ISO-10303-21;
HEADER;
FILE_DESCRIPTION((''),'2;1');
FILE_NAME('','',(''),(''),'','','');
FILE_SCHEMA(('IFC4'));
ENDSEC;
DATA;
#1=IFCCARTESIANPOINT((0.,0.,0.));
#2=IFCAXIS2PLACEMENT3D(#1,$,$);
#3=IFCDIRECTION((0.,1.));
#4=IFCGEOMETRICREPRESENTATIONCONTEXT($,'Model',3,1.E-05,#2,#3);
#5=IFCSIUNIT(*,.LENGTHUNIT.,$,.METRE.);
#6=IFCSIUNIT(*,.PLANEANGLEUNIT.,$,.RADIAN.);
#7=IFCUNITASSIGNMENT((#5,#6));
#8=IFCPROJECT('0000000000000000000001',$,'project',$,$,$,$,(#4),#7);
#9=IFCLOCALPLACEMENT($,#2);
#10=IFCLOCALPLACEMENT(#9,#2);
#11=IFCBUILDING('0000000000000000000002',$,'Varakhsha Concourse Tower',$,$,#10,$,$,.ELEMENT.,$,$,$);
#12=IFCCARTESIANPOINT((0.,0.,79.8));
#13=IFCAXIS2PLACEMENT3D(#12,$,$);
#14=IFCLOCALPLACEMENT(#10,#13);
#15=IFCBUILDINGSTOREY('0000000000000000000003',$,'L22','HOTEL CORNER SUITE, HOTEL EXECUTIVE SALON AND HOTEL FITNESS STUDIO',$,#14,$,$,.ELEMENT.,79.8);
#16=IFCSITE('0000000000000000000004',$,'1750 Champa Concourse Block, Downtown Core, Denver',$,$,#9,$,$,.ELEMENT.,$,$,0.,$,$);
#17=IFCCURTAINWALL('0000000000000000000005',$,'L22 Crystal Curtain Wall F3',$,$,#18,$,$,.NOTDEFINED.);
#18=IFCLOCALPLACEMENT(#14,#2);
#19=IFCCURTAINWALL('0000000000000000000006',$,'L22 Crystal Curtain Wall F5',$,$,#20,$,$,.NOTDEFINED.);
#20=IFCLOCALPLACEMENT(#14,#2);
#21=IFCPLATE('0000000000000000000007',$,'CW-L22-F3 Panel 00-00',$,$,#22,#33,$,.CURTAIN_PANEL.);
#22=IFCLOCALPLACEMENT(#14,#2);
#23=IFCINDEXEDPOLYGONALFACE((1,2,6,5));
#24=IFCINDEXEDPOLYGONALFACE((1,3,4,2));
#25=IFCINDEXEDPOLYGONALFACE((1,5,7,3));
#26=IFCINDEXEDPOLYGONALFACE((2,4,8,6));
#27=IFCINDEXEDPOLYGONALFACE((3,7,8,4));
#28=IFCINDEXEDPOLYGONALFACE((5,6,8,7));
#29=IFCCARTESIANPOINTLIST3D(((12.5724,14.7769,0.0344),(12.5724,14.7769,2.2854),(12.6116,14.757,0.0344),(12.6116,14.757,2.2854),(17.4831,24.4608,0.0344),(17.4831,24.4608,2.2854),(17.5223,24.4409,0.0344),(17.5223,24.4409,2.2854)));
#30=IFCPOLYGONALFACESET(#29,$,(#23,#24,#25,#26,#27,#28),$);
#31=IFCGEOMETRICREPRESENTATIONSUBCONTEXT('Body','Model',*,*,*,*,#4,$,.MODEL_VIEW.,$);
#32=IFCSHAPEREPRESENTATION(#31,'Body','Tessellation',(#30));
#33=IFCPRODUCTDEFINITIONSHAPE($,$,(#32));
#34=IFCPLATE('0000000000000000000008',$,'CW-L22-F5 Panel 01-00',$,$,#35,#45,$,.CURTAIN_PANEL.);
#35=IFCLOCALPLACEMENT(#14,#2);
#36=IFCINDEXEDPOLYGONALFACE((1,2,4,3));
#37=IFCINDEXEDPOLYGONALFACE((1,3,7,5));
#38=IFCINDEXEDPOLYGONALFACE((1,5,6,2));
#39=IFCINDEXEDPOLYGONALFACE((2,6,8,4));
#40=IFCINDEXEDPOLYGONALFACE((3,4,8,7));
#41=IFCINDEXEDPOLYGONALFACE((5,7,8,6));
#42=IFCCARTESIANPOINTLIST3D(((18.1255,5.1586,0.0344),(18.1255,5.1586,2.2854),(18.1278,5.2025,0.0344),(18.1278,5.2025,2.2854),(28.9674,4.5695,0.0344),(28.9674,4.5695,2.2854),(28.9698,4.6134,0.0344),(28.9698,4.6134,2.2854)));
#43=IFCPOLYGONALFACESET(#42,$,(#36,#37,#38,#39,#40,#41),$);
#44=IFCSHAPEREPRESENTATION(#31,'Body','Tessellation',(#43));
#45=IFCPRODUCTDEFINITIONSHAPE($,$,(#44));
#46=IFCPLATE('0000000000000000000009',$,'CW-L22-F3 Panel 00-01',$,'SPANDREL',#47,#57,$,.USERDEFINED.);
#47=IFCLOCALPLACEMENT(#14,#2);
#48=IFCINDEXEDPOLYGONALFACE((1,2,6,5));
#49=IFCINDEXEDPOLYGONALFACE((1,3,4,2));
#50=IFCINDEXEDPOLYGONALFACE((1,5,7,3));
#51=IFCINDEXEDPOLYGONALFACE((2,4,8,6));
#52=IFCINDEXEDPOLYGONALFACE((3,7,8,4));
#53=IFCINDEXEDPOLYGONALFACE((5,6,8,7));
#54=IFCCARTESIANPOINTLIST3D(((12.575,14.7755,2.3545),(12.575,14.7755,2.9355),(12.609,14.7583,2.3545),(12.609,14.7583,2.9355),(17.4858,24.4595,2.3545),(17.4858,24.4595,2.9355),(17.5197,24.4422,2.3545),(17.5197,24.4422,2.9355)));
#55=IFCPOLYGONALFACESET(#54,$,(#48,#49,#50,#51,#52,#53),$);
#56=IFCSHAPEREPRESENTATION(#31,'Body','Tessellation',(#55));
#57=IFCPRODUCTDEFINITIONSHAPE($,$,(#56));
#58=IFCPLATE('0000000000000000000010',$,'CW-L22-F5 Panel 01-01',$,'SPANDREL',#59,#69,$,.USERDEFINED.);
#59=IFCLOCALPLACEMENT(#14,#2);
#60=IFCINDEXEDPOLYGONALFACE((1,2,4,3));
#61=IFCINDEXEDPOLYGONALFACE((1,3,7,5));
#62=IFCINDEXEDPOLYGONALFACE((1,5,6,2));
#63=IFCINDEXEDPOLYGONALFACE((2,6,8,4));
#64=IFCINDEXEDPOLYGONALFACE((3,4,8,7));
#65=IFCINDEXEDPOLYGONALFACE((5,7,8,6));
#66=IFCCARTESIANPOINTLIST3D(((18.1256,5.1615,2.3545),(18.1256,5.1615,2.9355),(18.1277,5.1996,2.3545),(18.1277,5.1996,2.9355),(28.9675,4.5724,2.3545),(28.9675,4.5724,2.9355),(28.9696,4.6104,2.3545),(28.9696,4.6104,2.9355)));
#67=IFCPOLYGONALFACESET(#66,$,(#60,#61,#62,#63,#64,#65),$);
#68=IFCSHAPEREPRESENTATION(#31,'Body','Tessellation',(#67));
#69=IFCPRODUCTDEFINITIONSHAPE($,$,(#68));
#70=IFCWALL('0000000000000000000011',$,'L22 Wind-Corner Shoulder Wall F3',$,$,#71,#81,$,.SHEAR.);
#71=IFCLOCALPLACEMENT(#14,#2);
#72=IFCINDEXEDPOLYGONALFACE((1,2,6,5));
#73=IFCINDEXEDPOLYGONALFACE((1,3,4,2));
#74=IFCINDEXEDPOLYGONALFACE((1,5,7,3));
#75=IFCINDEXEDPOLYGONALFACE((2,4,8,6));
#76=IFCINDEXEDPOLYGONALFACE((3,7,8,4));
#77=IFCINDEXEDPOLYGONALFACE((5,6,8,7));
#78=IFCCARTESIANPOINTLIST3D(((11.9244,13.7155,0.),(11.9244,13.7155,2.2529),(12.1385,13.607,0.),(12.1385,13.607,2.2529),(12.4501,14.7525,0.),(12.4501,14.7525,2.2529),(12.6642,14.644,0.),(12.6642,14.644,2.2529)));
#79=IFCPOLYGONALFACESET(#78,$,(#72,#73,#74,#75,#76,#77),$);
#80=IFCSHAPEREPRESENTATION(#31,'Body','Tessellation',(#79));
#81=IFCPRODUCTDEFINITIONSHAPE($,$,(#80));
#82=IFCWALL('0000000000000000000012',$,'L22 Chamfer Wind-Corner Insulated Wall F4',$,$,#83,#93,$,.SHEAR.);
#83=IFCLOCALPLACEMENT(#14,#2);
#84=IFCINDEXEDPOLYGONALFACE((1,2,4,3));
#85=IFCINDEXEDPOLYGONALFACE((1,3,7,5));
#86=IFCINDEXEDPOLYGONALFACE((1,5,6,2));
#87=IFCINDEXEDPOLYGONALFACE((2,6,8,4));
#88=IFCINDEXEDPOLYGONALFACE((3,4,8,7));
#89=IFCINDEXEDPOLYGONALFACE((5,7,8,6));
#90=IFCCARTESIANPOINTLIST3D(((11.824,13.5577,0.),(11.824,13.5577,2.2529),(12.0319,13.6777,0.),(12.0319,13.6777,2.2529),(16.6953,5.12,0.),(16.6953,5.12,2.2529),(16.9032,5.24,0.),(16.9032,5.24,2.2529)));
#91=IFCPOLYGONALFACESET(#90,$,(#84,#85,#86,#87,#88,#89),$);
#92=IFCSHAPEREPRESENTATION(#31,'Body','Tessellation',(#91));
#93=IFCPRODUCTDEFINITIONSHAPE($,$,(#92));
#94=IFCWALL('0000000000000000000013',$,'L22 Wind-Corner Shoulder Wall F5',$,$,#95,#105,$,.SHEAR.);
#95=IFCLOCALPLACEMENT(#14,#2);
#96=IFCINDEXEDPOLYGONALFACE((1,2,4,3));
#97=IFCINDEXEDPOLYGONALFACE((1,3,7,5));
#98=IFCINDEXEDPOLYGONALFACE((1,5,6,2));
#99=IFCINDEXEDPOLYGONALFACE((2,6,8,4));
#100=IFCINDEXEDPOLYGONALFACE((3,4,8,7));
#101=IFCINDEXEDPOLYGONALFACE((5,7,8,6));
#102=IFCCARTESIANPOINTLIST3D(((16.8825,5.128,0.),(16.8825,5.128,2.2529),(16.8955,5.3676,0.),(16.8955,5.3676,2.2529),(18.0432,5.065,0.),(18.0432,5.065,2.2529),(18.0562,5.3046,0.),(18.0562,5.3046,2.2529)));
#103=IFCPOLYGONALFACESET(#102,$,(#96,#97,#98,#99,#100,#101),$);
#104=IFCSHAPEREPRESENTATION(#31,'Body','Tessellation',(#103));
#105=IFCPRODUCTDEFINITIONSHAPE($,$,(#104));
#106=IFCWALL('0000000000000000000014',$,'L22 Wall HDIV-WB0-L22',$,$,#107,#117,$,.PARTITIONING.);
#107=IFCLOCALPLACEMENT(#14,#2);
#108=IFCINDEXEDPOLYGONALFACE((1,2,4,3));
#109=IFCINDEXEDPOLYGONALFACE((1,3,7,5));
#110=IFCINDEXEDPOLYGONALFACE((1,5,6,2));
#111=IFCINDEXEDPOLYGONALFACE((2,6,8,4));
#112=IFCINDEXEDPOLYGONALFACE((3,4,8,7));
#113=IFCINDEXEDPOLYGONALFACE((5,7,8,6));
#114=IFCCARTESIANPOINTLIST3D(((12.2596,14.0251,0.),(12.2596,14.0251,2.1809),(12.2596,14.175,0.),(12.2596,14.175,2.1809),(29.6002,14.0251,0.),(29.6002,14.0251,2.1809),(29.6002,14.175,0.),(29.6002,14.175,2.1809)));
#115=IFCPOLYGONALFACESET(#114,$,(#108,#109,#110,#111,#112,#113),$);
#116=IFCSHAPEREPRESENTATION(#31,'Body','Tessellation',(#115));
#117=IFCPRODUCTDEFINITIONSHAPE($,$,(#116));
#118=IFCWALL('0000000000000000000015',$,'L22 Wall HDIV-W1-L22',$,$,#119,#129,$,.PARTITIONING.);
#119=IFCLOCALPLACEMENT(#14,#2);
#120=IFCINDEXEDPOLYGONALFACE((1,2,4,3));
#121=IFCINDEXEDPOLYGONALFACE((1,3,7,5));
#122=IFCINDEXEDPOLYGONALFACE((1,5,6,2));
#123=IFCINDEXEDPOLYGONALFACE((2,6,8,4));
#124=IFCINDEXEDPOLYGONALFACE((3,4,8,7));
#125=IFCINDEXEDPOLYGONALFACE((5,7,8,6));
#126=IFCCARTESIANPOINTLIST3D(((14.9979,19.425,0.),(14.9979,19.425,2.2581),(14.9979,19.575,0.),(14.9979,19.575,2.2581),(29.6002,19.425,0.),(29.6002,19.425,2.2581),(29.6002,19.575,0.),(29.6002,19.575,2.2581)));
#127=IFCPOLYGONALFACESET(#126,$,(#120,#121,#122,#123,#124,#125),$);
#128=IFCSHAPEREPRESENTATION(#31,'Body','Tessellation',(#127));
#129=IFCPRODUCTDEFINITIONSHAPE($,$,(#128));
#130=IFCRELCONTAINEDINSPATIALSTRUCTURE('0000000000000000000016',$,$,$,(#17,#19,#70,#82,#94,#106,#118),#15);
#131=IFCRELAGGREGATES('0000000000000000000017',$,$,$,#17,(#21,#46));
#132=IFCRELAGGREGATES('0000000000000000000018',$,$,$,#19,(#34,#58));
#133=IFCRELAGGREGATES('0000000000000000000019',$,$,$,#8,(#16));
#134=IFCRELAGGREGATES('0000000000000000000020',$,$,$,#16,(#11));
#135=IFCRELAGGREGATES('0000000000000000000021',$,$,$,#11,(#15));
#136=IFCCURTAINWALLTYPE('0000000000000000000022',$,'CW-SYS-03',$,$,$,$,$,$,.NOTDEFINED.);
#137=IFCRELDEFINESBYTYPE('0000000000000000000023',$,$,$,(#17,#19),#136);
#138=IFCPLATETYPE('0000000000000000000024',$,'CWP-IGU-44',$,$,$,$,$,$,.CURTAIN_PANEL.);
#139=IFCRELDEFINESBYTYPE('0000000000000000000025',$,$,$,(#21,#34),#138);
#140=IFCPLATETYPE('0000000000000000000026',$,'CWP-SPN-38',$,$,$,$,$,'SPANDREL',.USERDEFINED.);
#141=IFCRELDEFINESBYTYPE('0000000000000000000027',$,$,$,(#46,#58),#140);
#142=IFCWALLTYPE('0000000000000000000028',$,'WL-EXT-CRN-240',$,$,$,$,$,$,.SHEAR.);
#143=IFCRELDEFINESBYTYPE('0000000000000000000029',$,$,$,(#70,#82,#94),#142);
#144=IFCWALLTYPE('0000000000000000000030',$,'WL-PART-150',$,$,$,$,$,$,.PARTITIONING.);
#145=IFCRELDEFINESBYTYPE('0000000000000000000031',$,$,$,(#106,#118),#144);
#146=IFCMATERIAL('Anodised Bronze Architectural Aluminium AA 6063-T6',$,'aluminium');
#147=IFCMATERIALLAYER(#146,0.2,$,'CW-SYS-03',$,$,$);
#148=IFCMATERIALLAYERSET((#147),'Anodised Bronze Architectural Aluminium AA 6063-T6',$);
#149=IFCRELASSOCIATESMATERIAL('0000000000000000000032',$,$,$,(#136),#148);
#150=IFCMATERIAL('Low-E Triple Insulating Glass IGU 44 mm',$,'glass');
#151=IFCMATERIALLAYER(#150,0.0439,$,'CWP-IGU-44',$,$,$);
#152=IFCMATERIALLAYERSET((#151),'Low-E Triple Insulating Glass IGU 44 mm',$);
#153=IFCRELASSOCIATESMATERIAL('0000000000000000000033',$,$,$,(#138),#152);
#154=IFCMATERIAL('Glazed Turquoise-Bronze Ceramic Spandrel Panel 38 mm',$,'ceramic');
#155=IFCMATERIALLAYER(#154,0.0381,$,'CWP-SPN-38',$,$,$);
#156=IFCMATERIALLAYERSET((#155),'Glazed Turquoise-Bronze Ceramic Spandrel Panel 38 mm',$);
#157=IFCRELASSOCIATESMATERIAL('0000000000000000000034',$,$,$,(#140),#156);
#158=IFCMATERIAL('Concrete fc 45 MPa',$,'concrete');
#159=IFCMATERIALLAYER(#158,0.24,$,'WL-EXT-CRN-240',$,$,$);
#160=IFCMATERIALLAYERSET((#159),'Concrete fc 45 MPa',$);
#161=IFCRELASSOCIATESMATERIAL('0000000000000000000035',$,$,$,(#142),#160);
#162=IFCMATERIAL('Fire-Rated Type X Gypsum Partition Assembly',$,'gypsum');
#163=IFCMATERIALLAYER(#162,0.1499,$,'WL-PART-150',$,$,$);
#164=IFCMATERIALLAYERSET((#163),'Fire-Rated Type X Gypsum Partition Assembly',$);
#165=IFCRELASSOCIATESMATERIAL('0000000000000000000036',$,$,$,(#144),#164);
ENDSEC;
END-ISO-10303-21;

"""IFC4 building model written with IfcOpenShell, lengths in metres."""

from ifc_helpers import new_model, si_unit, direction, frame, frame_2d, origin, origin_2d, place, context, subcontext, project, spatial, rectangle, extrude, source, transform, mapped, material, layer, layer_set, type_object, type_shapes, element, aggregate, save


model = new_model("IFC4")

# Units and contexts
model_context = context("Model", 3, precision=1e-05, world=origin(), true_north=direction((0.0, 1.0)))
body_context = subcontext(model_context, "Body", "Model", "MODEL_VIEW")
ifc_project = project(units=[si_unit("LENGTHUNIT", "METRE"), si_unit("PLANEANGLEUNIT", "RADIAN")], contexts=[model_context])

# Site, building, storey
site_placement = place(None, origin())
site = spatial("IfcSite", under=ifc_project, at=site_placement, Name="1750 Champa Concourse Block, Downtown Core, Denver", CompositionType="ELEMENT", RefElevation=0.0)
building_placement = place(site_placement, origin())
building = spatial("IfcBuilding", under=site, at=building_placement, Name="Varakhsha Concourse Tower", CompositionType="ELEMENT")
storey_placement = place(building_placement, frame((0.0, 0.0, 79.8)))
storey = spatial("IfcBuildingStorey", under=building, at=storey_placement, Name="L22", Description="HOTEL CORNER SUITE, HOTEL EXECUTIVE SALON AND HOTEL FITNESS STUDIO", CompositionType="ELEMENT", Elevation=79.8)

# Curtain wall
ifc_material_1 = material(Name="Anodised Bronze Architectural Aluminium AA 6063-T6", Category="aluminium")
ifc_layer_1 = layer(ifc_material_1, 0.2, Name="CW-SYS-03")
ifc_layer_set_1 = layer_set([ifc_layer_1], Name="Anodised Bronze Architectural Aluminium AA 6063-T6")
curtain_wall_type = type_object("IfcCurtainWallType", Name="CW-SYS-03", PredefinedType="NOTDEFINED", material=ifc_layer_set_1)
curtain_wall_1_placement = place(storey_placement, origin())
curtain_wall_1 = element("IfcCurtainWall", 1, at=curtain_wall_1_placement, inside=storey, type_object=curtain_wall_type, Name="L22 Crystal Curtain Wall F3", PredefinedType="NOTDEFINED")

# Curtain wall
curtain_wall_2_placement = place(storey_placement, origin())
curtain_wall_2 = element("IfcCurtainWall", 2, at=curtain_wall_2_placement, inside=storey, type_object=curtain_wall_type, Name="L22 Crystal Curtain Wall F5", PredefinedType="NOTDEFINED")

# Shared definitions
ifc_material_2 = material(Name="Concrete fc 45 MPa", Category="concrete")

# Plates
ifc_material_3 = material(Name="Low-E Triple Insulating Glass IGU 44 mm", Category="glass")
ifc_layer_2 = layer(ifc_material_3, 0.0439, Name="CWP-IGU-44")
ifc_layer_set_2 = layer_set([ifc_layer_2], Name="Low-E Triple Insulating Glass IGU 44 mm")
plate_type_1 = type_object("IfcPlateType", Name="CWP-IGU-44", PredefinedType="CURTAIN_PANEL", material=ifc_layer_set_2)
shared_shape_1 = source(origin(), body_context, "Body", "SweptSolid", [
    extrude(rectangle(XDim=10.8579, YDim=0.0439, at=origin_2d()), origin(), (0.0, 0.0, 1.0), 2.251),
])
type_shapes(plate_type_1, [shared_shape_1])
plate_1_placement = place(storey_placement, frame((15.0474, 19.6089, 0.0344), z_axis=(0.0, 0.0, 1.0), x_axis=(0.452274, 0.891879, 0.0)))
plate_1 = element("IfcPlate", 3, at=plate_1_placement, type_object=plate_type_1, Name="CW-L22-F3 Panel 00-00", PredefinedType="CURTAIN_PANEL", context=body_context, shape_type="MappedRepresentation", body=[
    mapped(shared_shape_1, transform((0.0, 0.0, 0.0), scale=1.0)),
])
plate_2_placement = place(storey_placement, frame((23.5476, 4.886, 0.0344), z_axis=(0.0, 0.0, 1.0), x_axis=(-0.998527, 0.054257, 0.0)))
plate_2 = element("IfcPlate", 4, at=plate_2_placement, type_object=plate_type_1, Name="CW-L22-F5 Panel 01-00", PredefinedType="CURTAIN_PANEL", context=body_context, shape_type="MappedRepresentation", body=[
    mapped(shared_shape_1, transform((0.0, 0.0, 0.0), scale=1.0)),
])
ifc_material_4 = material(Name="Glazed Turquoise-Bronze Ceramic Spandrel Panel 38 mm", Category="ceramic")
ifc_layer_3 = layer(ifc_material_4, 0.0381, Name="CWP-SPN-38")
ifc_layer_set_3 = layer_set([ifc_layer_3], Name="Glazed Turquoise-Bronze Ceramic Spandrel Panel 38 mm")
plate_type_2 = type_object("IfcPlateType", Name="CWP-SPN-38", ElementType="SPANDREL", PredefinedType="USERDEFINED", material=ifc_layer_set_3)
shared_shape_2 = source(origin(), body_context, "Body", "SweptSolid", [
    extrude(rectangle(XDim=10.8579, YDim=0.0381, at=origin_2d()), origin(), (0.0, 0.0, 1.0), 0.5811),
])
type_shapes(plate_type_2, [shared_shape_2])
plate_3_placement = place(storey_placement, frame((15.0474, 19.6089, 2.3545), z_axis=(0.0, 0.0, 1.0), x_axis=(0.452274, 0.891879, 0.0)))
plate_3 = element("IfcPlate", 5, at=plate_3_placement, type_object=plate_type_2, Name="CW-L22-F3 Panel 00-01", ObjectType="SPANDREL", PredefinedType="USERDEFINED", context=body_context, shape_type="MappedRepresentation", body=[
    mapped(shared_shape_2, transform((0.0, 0.0, 0.0), scale=1.0)),
])
aggregate(curtain_wall_1, [plate_1, plate_3])
plate_4_placement = place(storey_placement, frame((23.5476, 4.886, 2.3545), z_axis=(0.0, 0.0, 1.0), x_axis=(-0.998527, 0.054257, 0.0)))
plate_4 = element("IfcPlate", 6, at=plate_4_placement, type_object=plate_type_2, Name="CW-L22-F5 Panel 01-01", ObjectType="SPANDREL", PredefinedType="USERDEFINED", context=body_context, shape_type="MappedRepresentation", body=[
    mapped(shared_shape_2, transform((0.0, 0.0, 0.0), scale=1.0)),
])
aggregate(curtain_wall_2, [plate_2, plate_4])

# Walls
ifc_layer_4 = layer(ifc_material_2, 0.24, Name="WL-EXT-CRN-240")
ifc_layer_set_4 = layer_set([ifc_layer_4], Name="Concrete fc 45 MPa")
wall_type_1 = type_object("IfcWallType", Name="WL-EXT-CRN-240", PredefinedType="SHEAR", material=ifc_layer_set_4)
wall_1_placement = place(storey_placement, frame((12.5571, 14.6982, 0.0), z_axis=(0.0, 0.0, 1.0), x_axis=(-0.452163, -0.891935, 0.0)))
element("IfcWall", 7, at=wall_1_placement, inside=storey, type_object=wall_type_1, Name="L22 Wind-Corner Shoulder Wall F3", PredefinedType="SHEAR", context=body_context, shape_type="SweptSolid", body=[
    extrude(rectangle(XDim=1.1626, YDim=0.24, at=frame_2d((0.5813, 0.0))), origin(), (0.0, 0.0, 1.0), 2.2529),
])
wall_2_placement = place(storey_placement, frame((16.7993, 5.1799, 0.0), z_axis=(0.0, 0.0, 1.0), x_axis=(-0.499985, 0.866034, 0.0)))
element("IfcWall", 8, at=wall_2_placement, inside=storey, type_object=wall_type_1, Name="L22 Chamfer Wind-Corner Insulated Wall F4", PredefinedType="SHEAR", context=body_context, shape_type="SweptSolid", body=[
    extrude(rectangle(XDim=9.7429, YDim=0.24, at=frame_2d((4.8716, 0.0))), origin(), (0.0, 0.0, 1.0), 2.2529),
])
wall_3_placement = place(storey_placement, frame((16.8892, 5.2478, 0.0), z_axis=(0.0, 0.0, 1.0), x_axis=(0.998531, -0.05419, 0.0)))
element("IfcWall", 9, at=wall_3_placement, inside=storey, type_object=wall_type_1, Name="L22 Wind-Corner Shoulder Wall F5", PredefinedType="SHEAR", context=body_context, shape_type="SweptSolid", body=[
    extrude(rectangle(XDim=1.1624, YDim=0.24, at=frame_2d((0.5811, 0.0))), origin(), (0.0, 0.0, 1.0), 2.2529),
])
ifc_material_5 = material(Name="Fire-Rated Type X Gypsum Partition Assembly", Category="gypsum")
ifc_layer_5 = layer(ifc_material_5, 0.1499, Name="WL-PART-150")
ifc_layer_set_5 = layer_set([ifc_layer_5], Name="Fire-Rated Type X Gypsum Partition Assembly")
wall_type_2 = type_object("IfcWallType", Name="WL-PART-150", PredefinedType="PARTITIONING", material=ifc_layer_set_5)
wall_4_placement = place(storey_placement, frame((12.2595, 14.1001, 0.0), z_axis=(0.0, 0.0, 1.0), x_axis=(1.0, 0.0, 0.0)))
element("IfcWall", 10, at=wall_4_placement, inside=storey, type_object=wall_type_2, Name="L22 Wall HDIV-WB0-L22", PredefinedType="PARTITIONING", context=body_context, shape_type="SweptSolid", body=[
    extrude(rectangle(XDim=17.3406, YDim=0.1499, at=frame_2d((8.6704, 0.0))), origin(), (0.0, 0.0, 1.0), 2.1809),
])
wall_5_placement = place(storey_placement, frame((14.9978, 19.5, 0.0), z_axis=(0.0, 0.0, 1.0), x_axis=(1.0, 0.0, 0.0)))
element("IfcWall", 11, at=wall_5_placement, inside=storey, type_object=wall_type_2, Name="L22 Wall HDIV-W1-L22", PredefinedType="PARTITIONING", context=body_context, shape_type="SweptSolid", body=[
    extrude(rectangle(XDim=14.6023, YDim=0.1499, at=frame_2d((7.3013, 0.0))), origin(), (0.0, 0.0, 1.0), 2.2581),
])

save(model, "model.ifc")
